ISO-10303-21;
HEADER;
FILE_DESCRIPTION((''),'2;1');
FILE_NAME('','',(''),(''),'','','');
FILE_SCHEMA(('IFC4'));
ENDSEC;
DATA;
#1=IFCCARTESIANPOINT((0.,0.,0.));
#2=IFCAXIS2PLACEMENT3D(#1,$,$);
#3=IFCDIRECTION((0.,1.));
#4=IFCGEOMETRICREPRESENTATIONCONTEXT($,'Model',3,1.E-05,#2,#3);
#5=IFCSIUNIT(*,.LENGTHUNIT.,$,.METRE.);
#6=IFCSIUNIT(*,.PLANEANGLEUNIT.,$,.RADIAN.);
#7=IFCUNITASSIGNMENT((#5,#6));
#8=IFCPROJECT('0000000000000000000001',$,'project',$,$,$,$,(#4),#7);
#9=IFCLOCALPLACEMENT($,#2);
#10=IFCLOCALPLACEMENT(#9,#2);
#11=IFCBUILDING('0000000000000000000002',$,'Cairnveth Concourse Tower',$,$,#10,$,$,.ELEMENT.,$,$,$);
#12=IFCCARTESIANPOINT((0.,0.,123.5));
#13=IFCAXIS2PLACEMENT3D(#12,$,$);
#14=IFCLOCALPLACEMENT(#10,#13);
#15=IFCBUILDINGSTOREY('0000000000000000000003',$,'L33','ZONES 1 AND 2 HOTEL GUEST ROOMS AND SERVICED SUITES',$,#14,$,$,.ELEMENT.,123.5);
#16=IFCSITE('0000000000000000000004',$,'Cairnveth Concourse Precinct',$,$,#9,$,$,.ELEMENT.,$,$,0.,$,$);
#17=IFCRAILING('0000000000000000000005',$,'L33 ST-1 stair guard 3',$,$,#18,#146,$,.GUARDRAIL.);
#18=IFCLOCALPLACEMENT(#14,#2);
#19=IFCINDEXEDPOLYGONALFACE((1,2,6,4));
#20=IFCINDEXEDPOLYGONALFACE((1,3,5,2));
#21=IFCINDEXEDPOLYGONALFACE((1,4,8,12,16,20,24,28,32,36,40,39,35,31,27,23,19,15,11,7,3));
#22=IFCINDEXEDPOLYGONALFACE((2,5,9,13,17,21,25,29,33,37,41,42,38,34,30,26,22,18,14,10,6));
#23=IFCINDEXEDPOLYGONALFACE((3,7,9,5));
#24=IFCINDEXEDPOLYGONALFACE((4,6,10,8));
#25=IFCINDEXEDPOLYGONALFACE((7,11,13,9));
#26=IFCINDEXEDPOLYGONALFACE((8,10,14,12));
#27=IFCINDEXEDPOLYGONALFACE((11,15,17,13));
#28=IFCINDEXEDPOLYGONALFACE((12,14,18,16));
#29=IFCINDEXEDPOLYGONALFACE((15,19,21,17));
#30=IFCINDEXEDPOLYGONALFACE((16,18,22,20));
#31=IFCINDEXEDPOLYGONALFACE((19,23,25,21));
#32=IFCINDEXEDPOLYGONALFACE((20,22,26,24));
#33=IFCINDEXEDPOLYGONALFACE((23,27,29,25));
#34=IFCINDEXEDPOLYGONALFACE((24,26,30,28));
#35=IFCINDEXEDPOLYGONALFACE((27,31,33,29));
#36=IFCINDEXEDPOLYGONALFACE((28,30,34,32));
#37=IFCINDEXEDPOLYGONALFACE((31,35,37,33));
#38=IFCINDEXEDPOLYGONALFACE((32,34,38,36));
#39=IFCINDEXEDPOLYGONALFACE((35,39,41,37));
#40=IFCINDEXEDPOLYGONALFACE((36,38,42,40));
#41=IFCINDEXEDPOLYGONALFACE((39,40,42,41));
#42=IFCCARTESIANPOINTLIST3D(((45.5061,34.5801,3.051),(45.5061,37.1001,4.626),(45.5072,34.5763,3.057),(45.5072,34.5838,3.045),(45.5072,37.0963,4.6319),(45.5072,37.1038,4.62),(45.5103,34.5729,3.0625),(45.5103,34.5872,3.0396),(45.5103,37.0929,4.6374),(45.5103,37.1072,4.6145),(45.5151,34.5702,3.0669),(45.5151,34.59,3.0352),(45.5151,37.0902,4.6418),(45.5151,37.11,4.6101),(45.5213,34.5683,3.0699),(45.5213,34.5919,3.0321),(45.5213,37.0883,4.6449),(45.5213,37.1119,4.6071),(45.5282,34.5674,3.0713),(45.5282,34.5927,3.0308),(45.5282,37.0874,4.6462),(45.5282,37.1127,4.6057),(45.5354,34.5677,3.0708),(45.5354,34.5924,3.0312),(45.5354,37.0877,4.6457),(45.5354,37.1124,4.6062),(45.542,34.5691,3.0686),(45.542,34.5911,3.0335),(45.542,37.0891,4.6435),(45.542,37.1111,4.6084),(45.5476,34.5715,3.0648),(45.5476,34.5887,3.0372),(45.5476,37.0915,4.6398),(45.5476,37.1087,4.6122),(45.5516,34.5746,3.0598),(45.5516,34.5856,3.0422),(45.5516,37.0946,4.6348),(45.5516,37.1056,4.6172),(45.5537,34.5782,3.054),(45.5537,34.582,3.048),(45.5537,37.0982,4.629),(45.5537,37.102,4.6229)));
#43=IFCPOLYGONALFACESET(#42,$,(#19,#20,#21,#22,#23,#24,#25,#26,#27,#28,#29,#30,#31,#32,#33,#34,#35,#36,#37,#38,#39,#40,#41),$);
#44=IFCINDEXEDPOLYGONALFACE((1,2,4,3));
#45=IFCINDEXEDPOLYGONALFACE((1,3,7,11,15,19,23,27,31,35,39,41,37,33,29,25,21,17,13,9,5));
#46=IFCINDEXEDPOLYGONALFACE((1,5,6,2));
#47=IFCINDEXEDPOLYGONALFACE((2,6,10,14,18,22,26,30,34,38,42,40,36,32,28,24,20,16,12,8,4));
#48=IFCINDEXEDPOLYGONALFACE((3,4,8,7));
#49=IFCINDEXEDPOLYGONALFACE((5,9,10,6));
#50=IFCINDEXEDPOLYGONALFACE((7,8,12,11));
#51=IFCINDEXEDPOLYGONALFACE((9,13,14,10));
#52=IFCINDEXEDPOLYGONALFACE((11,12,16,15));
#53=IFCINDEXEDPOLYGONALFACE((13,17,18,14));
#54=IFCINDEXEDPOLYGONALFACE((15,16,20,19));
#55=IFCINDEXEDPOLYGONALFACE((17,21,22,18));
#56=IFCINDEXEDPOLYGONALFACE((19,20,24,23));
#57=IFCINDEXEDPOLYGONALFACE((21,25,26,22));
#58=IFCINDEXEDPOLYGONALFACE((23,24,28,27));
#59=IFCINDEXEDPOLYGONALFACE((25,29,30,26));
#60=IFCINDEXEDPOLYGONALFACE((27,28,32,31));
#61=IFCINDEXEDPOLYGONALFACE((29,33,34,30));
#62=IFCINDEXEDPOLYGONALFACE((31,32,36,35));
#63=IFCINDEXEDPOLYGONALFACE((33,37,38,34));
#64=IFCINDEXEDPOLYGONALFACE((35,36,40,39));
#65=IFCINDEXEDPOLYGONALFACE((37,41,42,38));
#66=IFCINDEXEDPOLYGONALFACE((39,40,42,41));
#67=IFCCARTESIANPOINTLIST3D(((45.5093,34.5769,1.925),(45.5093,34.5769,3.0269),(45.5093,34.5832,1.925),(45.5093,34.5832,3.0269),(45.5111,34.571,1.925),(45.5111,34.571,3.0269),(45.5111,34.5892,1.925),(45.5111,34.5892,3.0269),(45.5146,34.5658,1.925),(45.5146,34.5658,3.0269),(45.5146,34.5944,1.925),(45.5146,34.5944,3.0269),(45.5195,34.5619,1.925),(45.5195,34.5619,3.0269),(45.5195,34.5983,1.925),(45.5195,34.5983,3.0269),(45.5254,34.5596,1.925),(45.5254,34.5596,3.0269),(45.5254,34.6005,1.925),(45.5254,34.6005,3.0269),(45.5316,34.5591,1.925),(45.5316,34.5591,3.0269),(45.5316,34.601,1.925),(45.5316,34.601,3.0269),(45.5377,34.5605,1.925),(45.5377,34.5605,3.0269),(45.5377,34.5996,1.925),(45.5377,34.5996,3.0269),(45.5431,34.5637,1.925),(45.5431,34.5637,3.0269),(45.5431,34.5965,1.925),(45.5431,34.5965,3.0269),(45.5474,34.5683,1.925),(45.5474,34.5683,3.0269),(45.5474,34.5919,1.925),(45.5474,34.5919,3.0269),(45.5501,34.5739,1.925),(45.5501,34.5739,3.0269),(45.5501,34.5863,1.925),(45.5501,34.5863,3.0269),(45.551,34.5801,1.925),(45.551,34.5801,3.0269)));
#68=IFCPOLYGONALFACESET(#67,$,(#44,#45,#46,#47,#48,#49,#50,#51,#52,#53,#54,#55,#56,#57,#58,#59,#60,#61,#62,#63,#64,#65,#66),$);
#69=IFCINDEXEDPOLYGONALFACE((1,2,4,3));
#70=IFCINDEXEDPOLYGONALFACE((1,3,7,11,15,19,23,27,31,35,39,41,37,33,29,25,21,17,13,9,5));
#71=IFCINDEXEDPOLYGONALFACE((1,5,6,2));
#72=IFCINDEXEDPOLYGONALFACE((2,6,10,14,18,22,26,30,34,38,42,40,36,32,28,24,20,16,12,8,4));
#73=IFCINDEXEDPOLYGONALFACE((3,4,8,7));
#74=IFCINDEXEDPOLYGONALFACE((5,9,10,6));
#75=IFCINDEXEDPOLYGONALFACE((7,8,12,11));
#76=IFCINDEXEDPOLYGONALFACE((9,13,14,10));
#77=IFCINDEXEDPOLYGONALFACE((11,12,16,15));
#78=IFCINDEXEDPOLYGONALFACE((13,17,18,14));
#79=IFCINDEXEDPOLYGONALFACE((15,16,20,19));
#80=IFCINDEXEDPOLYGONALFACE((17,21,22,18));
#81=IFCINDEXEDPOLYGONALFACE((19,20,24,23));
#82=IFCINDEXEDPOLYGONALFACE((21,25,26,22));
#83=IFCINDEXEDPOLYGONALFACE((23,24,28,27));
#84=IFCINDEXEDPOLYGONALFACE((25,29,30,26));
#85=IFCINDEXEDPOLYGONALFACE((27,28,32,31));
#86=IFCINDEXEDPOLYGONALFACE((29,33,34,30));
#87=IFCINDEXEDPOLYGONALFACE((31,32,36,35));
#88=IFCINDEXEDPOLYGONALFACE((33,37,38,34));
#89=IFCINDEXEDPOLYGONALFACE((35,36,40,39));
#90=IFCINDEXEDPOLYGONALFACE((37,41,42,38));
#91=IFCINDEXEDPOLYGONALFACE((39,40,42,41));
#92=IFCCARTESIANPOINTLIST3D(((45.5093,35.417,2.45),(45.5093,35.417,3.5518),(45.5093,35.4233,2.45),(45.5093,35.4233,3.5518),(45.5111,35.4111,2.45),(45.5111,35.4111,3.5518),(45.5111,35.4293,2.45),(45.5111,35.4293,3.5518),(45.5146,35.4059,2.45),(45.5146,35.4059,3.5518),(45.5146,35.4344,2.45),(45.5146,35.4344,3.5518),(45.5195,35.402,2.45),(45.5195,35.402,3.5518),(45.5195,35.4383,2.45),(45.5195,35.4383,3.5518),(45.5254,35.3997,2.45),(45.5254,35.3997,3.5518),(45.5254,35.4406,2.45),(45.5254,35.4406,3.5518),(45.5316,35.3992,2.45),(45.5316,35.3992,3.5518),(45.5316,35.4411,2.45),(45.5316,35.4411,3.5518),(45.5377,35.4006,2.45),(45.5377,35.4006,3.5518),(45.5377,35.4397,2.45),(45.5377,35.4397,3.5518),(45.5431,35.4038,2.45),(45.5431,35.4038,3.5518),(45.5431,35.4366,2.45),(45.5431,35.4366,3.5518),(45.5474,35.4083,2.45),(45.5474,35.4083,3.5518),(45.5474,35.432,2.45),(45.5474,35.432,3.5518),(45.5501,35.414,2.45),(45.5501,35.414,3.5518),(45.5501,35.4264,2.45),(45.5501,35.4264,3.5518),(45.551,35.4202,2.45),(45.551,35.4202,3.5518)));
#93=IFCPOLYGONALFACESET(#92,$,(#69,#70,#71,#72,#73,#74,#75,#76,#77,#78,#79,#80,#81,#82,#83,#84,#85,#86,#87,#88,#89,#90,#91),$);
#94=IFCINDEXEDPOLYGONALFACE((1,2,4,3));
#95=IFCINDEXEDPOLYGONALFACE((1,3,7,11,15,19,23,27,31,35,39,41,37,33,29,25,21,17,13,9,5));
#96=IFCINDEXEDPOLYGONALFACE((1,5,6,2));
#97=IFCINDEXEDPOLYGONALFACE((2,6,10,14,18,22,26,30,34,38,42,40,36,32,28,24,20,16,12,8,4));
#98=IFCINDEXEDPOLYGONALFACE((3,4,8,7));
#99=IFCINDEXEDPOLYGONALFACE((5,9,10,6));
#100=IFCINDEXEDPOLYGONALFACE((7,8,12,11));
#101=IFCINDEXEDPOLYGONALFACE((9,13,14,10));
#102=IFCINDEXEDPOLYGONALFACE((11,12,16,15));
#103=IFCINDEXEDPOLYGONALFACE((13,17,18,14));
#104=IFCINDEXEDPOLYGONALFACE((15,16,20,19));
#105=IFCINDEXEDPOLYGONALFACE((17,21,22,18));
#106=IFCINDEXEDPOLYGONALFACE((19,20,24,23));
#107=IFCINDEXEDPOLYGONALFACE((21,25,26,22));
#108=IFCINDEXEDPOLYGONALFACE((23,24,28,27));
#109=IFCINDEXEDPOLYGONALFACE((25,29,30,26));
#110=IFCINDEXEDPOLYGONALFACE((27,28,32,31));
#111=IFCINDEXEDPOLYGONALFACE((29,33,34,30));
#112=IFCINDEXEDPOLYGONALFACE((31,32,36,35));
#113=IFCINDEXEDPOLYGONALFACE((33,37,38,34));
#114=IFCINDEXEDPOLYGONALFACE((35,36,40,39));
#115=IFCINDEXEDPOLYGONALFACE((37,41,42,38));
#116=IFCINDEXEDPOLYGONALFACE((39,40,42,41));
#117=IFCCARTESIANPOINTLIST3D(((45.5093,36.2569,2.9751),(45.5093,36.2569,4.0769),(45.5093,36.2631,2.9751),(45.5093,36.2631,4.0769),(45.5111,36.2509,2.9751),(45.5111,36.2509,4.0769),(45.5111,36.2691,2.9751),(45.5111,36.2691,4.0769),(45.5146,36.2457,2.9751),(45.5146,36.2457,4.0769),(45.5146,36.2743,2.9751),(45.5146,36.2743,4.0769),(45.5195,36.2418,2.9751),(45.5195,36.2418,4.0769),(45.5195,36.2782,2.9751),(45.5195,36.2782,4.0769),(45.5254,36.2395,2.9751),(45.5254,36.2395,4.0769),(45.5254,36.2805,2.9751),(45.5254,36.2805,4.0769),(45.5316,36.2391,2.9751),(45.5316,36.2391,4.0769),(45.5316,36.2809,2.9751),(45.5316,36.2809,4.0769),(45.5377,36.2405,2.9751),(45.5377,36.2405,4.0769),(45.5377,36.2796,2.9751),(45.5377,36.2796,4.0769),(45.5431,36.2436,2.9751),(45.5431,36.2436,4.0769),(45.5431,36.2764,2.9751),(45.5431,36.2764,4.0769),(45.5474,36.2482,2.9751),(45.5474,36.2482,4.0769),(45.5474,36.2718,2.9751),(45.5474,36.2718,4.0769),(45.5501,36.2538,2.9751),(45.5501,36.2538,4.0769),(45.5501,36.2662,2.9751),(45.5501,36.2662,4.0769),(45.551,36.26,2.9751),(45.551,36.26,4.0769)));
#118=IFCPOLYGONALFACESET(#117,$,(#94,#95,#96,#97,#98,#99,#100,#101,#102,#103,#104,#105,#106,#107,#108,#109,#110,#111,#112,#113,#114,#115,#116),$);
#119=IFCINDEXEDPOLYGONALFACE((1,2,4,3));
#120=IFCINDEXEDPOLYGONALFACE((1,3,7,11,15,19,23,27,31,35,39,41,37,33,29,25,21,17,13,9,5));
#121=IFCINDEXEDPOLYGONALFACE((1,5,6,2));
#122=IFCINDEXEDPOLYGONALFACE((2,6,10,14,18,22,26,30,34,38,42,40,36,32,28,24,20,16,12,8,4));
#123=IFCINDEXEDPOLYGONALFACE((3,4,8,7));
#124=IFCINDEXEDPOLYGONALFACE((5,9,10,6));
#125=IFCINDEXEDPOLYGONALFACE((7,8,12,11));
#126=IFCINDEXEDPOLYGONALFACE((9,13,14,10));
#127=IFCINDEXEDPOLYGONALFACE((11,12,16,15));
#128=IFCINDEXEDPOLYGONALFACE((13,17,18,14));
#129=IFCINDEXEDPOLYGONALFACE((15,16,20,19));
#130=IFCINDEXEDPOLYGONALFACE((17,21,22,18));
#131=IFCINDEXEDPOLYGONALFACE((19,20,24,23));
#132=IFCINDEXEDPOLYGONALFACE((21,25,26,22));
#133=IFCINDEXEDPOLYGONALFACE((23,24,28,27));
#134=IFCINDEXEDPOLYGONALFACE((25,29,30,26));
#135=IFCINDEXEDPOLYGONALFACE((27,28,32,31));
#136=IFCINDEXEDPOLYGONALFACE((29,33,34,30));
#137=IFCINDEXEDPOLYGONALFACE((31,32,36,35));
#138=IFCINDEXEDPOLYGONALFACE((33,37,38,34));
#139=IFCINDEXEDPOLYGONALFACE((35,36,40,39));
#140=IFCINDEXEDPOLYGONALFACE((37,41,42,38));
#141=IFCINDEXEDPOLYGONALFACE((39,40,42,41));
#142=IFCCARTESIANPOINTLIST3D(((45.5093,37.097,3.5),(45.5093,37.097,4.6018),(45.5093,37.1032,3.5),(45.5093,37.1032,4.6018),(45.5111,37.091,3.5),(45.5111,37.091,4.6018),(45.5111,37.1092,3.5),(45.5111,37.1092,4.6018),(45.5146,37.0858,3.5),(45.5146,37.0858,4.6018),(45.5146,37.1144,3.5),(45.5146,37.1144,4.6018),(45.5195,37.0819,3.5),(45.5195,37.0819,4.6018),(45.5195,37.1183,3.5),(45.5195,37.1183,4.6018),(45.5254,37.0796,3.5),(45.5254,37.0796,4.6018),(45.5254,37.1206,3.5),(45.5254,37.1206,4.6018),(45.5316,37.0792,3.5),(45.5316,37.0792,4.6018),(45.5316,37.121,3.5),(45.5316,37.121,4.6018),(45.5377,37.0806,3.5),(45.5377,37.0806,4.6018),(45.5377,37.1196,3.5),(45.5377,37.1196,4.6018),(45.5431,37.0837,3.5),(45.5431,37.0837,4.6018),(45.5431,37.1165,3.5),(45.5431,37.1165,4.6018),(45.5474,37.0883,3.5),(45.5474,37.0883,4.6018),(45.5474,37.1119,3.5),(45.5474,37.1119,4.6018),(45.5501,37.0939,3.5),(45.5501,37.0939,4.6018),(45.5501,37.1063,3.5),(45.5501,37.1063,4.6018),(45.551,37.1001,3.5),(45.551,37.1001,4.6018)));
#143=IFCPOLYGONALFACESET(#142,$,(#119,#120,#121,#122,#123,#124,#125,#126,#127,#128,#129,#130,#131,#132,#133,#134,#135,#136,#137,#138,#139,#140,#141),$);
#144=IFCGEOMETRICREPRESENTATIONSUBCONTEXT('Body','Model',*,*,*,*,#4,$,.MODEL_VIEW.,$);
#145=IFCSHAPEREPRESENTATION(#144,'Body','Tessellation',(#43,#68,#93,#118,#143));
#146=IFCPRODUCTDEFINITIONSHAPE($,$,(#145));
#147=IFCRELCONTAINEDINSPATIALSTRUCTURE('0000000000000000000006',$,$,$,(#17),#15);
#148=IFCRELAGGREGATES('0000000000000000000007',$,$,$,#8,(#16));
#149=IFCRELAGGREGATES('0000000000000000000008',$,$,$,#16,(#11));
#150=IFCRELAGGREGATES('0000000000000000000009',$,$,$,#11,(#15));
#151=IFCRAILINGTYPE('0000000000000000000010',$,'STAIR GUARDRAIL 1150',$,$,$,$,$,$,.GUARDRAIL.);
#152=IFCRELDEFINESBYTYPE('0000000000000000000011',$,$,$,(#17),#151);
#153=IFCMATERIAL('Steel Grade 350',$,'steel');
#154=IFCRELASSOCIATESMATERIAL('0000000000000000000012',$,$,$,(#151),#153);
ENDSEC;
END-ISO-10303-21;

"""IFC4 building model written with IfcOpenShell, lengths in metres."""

from ifc_helpers import new_model, si_unit, direction, frame, origin, origin_2d, place, context, subcontext, project, spatial, circle, extrude, material, type_object, element, save


model = new_model("IFC4")

# Units and contexts
model_context = context("Model", 3, precision=1e-05, world=origin(), true_north=direction((0.0, 1.0)))
body_context = subcontext(model_context, "Body", "Model", "MODEL_VIEW")
ifc_project = project(units=[si_unit("LENGTHUNIT", "METRE"), si_unit("PLANEANGLEUNIT", "RADIAN")], contexts=[model_context])

# Site, building, storey
site_placement = place(None, origin())
site = spatial("IfcSite", under=ifc_project, at=site_placement, Name="Cairnveth Concourse Precinct", CompositionType="ELEMENT", RefElevation=0.0)
building_placement = place(site_placement, origin())
building = spatial("IfcBuilding", under=site, at=building_placement, Name="Cairnveth Concourse Tower", CompositionType="ELEMENT")
storey_placement = place(building_placement, frame((0.0, 0.0, 123.5)))
storey = spatial("IfcBuildingStorey", under=building, at=storey_placement, Name="L33", Description="ZONES 1 AND 2 HOTEL GUEST ROOMS AND SERVICED SUITES", CompositionType="ELEMENT", Elevation=123.5)

# Railing
ifc_material_1 = material(Name="Steel Grade 350", Category="steel")
railing_type_1 = type_object("IfcRailingType", Name="STAIR GUARDRAIL 1150", PredefinedType="GUARDRAIL", material=ifc_material_1)
railing_1_placement = place(storey_placement, frame((45.53, 34.5801, 1.925)))
element("IfcRailing", 1, at=railing_1_placement, inside=storey, type_object=railing_type_1, Name="L33 ST-1 stair guard 3", PredefinedType="GUARDRAIL", context=body_context, shape_type="SweptSolid", body=[
    extrude(circle(Radius=0.0239, at=origin_2d()), frame((0.0, 0.0, 1.126), z_axis=(0.0, 0.848008, 0.529984), x_axis=(-1.0, 0.0, 0.0)), (0.0, 0.0, 1.0), 2.9717),
    extrude(circle(Radius=0.021, at=origin_2d()), origin(), (0.0, 0.0, 1.0), 1.1018),
    extrude(circle(Radius=0.021, at=origin_2d()), frame((0.0, 0.8401, 0.5249)), (0.0, 0.0, 1.0), 1.1018),
    extrude(circle(Radius=0.021, at=origin_2d()), frame((0.0, 1.6799, 1.05)), (0.0, 0.0, 1.0), 1.1018),
    extrude(circle(Radius=0.021, at=origin_2d()), frame((0.0, 2.52, 1.575)), (0.0, 0.0, 1.0), 1.1018),
])

save(model, "model.ifc")
